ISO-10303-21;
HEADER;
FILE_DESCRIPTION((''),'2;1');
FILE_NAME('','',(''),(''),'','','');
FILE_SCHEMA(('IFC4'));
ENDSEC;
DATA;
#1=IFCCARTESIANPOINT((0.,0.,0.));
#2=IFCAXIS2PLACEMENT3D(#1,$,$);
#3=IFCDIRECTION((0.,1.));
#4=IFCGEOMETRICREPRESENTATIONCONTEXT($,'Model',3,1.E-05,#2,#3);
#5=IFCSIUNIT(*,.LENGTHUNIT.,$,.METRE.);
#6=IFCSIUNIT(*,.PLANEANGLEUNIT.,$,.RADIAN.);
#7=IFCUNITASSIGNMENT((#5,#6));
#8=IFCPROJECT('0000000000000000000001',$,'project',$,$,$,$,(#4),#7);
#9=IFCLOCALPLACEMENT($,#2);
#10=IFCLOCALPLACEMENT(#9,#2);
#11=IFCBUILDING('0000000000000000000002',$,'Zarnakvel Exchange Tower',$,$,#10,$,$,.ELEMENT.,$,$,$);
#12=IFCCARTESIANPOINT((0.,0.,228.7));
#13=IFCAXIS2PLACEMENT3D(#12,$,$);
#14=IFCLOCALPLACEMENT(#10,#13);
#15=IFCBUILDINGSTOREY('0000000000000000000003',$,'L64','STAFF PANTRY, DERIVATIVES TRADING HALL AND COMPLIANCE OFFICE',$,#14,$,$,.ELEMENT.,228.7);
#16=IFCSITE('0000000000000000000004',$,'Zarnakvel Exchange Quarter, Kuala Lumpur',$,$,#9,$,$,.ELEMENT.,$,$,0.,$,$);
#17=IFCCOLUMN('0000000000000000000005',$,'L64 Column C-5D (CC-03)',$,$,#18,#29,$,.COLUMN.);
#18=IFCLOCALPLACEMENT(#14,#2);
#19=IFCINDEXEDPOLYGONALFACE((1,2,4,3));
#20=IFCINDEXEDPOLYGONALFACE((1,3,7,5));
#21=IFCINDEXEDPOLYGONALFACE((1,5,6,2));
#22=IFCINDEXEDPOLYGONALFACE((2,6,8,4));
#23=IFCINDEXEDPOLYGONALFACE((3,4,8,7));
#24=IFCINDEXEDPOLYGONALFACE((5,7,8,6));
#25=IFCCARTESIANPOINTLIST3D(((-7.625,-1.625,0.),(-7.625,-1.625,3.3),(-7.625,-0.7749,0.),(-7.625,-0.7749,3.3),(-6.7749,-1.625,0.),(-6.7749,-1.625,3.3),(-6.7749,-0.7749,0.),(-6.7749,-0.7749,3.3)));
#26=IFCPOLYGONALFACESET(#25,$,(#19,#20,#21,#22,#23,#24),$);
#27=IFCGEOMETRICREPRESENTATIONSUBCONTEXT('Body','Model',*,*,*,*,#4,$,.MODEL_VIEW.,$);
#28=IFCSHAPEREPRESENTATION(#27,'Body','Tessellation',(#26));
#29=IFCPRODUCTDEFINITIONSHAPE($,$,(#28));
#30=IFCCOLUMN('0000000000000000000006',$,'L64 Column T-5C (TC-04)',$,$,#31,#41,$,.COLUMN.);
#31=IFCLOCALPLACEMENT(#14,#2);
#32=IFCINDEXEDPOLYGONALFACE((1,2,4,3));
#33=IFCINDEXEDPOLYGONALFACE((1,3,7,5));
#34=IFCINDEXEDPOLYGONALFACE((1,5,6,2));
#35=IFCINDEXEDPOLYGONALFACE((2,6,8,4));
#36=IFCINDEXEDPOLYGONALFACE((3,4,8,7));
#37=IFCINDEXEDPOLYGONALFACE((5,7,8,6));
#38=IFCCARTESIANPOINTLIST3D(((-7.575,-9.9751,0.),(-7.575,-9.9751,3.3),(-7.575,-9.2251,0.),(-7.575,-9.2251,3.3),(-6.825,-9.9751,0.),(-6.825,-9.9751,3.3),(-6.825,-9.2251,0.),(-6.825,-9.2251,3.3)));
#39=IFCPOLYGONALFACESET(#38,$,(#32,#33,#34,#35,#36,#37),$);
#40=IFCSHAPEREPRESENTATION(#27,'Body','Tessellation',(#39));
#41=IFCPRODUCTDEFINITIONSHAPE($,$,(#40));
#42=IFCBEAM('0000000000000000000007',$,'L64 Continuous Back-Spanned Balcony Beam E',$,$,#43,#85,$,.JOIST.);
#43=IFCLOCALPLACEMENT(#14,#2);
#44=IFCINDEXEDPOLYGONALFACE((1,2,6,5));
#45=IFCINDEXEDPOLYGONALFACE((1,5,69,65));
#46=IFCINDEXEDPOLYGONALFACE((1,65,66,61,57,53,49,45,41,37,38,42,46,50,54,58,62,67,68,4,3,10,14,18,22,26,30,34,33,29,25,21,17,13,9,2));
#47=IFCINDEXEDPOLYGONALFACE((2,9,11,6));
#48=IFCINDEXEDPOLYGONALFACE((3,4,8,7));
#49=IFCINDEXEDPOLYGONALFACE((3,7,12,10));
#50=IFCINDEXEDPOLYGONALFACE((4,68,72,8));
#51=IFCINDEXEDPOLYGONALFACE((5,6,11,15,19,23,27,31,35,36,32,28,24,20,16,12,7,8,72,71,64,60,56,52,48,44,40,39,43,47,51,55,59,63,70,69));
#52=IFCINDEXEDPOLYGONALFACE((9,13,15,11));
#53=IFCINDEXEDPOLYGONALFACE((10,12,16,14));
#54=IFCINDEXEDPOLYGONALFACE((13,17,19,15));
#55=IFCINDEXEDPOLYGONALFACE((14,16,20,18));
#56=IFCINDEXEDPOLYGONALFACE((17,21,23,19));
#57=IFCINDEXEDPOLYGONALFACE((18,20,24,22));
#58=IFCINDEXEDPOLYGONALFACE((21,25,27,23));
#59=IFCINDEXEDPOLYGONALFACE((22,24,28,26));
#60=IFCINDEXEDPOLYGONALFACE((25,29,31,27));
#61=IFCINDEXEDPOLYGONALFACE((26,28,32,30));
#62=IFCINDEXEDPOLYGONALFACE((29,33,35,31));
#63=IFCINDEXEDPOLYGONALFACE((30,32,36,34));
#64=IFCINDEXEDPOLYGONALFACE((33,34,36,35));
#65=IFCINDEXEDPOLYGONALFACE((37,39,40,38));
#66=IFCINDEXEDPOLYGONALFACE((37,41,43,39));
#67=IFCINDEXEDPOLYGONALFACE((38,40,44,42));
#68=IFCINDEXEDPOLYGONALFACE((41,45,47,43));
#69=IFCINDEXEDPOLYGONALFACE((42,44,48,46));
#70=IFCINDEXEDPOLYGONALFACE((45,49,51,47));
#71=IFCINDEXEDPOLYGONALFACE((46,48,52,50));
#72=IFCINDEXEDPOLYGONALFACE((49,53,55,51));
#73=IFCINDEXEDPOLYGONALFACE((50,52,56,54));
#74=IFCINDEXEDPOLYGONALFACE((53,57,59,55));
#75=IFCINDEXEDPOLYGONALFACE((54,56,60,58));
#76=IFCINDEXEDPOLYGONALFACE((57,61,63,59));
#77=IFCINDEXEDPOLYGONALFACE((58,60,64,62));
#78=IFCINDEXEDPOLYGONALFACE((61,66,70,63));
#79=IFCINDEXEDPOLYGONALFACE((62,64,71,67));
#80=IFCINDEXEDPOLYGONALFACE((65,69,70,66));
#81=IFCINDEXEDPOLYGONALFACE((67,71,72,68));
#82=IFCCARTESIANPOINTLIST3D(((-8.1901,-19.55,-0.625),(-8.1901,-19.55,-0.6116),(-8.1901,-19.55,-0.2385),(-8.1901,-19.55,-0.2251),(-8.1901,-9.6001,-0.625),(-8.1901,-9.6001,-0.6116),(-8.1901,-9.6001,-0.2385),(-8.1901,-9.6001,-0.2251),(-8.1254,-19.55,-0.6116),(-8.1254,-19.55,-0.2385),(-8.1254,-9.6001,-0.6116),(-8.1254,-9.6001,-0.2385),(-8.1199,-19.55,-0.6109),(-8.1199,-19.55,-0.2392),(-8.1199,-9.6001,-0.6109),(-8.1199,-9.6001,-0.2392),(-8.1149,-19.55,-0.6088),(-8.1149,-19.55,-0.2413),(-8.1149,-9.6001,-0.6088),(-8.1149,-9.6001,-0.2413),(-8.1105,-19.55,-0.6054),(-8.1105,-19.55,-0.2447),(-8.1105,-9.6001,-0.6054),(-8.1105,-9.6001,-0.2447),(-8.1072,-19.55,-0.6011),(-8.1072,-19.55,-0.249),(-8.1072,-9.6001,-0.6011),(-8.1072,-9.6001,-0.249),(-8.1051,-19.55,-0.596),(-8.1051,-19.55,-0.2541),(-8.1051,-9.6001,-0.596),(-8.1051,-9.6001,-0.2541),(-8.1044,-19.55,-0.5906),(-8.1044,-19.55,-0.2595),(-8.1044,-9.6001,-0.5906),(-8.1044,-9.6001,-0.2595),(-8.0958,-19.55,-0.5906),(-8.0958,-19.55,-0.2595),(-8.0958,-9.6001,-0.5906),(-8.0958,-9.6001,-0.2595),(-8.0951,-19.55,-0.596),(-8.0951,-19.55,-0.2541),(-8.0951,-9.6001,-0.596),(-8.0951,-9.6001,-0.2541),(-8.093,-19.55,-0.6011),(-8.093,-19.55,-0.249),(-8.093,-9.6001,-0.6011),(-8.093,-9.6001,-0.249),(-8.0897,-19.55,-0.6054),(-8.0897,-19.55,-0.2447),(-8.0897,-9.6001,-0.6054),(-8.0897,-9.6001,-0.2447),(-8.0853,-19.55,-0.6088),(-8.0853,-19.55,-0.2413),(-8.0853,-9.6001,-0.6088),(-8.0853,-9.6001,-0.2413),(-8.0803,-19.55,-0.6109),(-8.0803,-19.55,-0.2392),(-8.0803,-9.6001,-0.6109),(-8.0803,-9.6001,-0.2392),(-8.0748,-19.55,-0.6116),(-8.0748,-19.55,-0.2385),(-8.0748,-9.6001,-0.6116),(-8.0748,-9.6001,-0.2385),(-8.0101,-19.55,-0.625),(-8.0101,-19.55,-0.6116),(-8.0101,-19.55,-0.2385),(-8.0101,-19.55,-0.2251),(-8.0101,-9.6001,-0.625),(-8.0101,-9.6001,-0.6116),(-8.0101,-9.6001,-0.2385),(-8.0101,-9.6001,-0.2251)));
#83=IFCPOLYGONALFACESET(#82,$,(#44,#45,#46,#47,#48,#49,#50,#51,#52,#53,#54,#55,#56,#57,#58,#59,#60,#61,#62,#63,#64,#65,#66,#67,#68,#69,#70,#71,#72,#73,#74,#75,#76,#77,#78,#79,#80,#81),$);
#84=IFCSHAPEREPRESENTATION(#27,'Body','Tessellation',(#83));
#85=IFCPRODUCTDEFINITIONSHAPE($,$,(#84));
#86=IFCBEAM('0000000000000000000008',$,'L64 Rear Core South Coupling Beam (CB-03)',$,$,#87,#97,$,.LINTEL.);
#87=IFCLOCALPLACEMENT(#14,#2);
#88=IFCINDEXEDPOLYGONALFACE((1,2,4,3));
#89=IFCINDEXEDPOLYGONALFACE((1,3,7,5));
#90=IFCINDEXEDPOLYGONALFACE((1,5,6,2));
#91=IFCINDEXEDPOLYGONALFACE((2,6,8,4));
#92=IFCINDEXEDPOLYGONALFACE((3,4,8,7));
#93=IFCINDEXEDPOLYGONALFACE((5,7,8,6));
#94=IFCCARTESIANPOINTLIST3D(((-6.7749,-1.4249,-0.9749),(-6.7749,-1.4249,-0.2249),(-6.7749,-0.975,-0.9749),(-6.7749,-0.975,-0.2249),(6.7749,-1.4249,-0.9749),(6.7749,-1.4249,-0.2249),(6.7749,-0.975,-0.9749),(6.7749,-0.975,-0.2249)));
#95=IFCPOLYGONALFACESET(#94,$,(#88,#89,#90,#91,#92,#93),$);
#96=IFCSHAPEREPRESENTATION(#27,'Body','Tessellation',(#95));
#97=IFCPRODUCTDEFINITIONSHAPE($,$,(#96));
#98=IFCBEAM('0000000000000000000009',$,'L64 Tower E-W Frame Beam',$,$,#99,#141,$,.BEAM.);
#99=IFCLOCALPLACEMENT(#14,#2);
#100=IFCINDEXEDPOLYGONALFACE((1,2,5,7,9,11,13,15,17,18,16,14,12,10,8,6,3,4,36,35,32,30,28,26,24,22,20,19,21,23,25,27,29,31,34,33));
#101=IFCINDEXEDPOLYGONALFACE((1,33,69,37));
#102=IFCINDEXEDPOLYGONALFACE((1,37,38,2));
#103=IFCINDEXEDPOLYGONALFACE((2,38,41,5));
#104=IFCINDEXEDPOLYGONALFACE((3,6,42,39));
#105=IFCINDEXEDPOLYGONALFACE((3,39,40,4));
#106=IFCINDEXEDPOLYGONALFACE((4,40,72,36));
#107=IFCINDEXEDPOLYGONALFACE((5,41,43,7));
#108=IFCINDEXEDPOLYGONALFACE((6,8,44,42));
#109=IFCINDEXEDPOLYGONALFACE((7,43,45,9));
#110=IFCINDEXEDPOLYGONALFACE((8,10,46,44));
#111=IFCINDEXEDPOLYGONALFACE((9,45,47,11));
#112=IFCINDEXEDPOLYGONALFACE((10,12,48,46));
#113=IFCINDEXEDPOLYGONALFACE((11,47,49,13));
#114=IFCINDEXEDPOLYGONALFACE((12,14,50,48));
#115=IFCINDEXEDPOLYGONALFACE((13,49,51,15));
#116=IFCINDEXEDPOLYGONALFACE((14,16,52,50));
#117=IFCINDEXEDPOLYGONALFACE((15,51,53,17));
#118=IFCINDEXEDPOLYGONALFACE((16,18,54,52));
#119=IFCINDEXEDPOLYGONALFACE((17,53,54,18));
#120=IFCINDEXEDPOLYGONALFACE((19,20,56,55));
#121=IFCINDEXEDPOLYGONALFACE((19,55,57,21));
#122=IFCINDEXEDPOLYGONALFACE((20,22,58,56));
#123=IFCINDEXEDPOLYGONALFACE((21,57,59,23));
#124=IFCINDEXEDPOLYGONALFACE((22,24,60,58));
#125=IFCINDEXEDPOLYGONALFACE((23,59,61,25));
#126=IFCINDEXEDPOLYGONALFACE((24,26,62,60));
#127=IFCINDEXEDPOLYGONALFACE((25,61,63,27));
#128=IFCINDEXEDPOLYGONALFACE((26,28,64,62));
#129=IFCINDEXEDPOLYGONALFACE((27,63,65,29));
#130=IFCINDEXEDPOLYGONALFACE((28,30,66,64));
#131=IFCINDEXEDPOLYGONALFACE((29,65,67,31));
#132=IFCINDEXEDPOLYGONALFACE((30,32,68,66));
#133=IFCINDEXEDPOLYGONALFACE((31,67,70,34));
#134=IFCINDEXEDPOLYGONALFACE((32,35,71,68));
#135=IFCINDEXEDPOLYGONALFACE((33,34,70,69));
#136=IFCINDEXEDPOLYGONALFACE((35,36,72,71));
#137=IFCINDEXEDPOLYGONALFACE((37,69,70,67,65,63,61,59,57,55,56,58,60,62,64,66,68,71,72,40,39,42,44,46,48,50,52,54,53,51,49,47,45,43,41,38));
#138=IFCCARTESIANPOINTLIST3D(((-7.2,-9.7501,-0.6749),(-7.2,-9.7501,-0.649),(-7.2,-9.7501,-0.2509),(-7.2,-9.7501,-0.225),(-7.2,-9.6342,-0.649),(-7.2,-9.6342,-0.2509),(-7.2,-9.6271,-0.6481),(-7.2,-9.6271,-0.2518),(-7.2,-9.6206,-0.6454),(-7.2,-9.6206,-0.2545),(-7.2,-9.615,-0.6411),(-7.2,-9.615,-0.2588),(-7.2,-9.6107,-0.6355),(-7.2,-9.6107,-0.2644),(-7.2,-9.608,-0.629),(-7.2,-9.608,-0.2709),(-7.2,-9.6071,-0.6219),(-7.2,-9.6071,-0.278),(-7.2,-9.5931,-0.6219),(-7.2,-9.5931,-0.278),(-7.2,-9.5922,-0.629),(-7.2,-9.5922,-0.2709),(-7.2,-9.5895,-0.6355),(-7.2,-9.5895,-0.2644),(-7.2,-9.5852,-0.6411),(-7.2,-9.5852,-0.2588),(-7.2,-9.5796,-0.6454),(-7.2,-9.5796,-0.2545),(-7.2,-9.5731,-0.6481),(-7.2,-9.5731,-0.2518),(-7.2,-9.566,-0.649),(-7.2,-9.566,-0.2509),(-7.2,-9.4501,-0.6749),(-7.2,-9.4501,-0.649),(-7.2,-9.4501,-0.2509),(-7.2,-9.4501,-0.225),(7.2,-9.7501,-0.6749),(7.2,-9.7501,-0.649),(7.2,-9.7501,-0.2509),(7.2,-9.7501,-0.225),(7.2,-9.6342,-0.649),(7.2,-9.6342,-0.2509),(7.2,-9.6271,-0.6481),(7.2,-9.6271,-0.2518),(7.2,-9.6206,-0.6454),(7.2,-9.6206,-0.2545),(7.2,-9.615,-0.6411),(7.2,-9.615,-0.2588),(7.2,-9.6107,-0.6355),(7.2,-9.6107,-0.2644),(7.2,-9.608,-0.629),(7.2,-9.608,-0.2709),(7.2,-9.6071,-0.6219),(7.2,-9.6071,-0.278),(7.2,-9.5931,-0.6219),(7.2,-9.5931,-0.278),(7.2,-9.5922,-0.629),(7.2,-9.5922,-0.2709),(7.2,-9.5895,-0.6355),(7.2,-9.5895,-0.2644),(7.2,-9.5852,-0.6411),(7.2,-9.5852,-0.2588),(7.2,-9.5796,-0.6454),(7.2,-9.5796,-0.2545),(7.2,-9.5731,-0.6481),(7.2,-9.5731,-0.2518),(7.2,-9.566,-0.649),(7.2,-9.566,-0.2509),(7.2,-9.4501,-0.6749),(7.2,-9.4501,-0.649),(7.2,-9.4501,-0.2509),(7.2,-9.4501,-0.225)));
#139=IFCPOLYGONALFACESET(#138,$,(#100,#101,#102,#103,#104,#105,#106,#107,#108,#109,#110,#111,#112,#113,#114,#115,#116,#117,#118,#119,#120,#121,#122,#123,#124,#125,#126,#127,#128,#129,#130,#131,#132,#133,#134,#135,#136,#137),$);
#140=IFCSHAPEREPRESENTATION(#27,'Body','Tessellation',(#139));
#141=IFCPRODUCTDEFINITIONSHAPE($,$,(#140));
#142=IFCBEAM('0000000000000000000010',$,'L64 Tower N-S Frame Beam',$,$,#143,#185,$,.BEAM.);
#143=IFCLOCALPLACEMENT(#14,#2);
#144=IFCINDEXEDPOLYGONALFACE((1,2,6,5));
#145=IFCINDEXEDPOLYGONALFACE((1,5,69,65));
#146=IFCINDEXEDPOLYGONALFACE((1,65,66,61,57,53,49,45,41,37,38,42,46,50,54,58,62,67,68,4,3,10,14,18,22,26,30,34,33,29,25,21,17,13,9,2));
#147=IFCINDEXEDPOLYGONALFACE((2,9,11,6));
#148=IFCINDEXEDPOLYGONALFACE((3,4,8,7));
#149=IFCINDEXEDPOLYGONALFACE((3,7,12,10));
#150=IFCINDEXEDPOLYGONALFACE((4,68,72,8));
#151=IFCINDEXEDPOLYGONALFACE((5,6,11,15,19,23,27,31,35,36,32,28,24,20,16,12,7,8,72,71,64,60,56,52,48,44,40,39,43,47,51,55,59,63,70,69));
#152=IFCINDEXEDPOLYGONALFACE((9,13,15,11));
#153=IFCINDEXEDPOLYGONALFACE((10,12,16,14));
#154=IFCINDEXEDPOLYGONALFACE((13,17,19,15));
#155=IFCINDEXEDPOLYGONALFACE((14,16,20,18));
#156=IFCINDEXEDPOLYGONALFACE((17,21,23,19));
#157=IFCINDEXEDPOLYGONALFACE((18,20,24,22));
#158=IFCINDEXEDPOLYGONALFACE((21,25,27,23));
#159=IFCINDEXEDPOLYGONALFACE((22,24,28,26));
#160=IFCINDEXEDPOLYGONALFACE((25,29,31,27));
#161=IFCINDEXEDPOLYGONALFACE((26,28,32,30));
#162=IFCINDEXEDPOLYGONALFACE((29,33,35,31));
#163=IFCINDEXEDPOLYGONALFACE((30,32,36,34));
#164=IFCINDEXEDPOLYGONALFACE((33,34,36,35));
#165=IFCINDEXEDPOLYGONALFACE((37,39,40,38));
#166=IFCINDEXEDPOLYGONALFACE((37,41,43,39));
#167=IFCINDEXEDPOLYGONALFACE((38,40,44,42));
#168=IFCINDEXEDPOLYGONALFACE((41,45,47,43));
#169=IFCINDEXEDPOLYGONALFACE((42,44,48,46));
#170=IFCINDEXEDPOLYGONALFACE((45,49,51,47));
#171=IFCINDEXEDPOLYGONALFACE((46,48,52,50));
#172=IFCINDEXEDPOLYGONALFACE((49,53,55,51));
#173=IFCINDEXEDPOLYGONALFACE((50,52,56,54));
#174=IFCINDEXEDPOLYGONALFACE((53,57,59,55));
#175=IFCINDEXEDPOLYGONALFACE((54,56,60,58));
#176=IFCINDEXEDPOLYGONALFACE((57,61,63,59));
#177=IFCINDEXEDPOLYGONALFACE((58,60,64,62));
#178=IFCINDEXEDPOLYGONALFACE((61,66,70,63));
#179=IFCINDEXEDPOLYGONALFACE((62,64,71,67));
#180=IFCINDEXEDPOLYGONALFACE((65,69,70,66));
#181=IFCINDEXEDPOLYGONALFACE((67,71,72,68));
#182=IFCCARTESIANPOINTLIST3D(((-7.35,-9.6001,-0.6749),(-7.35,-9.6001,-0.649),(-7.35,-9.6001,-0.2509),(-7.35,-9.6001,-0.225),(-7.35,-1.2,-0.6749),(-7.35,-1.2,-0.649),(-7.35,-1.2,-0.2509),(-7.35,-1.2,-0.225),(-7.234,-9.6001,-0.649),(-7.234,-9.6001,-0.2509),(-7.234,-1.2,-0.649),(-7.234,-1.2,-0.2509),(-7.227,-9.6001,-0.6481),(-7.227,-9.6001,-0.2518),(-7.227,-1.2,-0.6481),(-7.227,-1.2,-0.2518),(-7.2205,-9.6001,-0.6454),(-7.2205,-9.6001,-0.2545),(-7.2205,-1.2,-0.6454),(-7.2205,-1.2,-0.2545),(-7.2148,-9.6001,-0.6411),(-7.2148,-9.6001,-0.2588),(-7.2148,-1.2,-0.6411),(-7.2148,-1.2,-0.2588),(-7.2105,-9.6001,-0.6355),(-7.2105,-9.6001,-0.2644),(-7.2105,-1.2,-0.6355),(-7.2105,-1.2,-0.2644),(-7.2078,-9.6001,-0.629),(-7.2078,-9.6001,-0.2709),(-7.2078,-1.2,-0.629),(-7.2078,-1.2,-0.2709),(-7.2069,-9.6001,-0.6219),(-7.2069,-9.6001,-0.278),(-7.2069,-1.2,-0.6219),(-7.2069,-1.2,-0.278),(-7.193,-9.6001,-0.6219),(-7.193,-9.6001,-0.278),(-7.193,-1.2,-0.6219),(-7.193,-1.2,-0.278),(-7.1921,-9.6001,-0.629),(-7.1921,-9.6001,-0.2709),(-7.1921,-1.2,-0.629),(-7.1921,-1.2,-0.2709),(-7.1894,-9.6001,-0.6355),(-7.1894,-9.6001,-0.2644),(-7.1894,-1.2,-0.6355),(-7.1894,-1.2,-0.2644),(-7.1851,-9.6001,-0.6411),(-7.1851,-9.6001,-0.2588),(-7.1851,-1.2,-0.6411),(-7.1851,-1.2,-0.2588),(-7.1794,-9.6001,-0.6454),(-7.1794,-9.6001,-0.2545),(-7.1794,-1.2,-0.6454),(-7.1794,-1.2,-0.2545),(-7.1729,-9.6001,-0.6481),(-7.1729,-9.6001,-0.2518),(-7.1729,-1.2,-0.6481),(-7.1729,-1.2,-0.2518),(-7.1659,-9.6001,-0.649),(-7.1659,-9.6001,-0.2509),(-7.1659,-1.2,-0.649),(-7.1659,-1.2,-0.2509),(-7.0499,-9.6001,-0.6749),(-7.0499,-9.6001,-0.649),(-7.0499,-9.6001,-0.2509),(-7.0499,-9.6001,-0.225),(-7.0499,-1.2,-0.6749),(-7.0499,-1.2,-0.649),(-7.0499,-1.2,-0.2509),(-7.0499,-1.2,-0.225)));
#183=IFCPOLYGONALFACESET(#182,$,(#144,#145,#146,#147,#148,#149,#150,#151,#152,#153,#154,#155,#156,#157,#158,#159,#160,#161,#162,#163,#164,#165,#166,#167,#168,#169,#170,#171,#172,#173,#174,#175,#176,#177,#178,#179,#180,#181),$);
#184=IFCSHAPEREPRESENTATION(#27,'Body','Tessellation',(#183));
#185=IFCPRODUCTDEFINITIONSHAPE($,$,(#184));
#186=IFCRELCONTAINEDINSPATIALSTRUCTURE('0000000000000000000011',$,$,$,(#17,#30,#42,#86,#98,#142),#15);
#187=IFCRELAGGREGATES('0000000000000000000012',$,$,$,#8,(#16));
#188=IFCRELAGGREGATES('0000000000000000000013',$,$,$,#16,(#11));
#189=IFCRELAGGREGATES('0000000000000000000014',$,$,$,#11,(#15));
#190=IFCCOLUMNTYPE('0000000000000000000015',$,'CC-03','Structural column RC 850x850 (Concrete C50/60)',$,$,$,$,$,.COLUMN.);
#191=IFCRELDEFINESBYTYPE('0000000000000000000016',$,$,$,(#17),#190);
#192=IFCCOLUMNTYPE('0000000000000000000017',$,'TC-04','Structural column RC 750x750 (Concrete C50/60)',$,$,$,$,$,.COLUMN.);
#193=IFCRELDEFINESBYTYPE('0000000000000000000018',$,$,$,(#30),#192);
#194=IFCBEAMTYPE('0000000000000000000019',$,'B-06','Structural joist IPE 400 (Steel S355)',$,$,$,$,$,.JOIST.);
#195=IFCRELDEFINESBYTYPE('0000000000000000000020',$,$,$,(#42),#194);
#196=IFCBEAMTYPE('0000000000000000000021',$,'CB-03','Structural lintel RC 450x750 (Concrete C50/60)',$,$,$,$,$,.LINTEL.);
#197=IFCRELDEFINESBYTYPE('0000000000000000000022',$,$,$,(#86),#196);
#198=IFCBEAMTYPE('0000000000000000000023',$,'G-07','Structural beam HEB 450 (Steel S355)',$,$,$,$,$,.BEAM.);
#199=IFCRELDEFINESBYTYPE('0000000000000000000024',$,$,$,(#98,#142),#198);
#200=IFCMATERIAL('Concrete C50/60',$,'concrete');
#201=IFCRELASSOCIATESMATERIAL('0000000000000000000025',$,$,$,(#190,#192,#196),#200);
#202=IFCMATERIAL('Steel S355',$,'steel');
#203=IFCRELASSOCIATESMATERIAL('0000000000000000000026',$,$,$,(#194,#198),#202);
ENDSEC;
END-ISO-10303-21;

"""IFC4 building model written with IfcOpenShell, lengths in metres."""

from ifc_helpers import new_model, si_unit, direction, frame, origin, origin_2d, place, context, subcontext, project, spatial, rectangle, i_section, extrude, material, material_profile, profile_set, type_object, element, save


model = new_model("IFC4")

# Units and contexts
model_context = context("Model", 3, precision=1e-05, world=origin(), true_north=direction((0.0, 1.0)))
body_context = subcontext(model_context, "Body", "Model", "MODEL_VIEW")
ifc_project = project(units=[si_unit("LENGTHUNIT", "METRE"), si_unit("PLANEANGLEUNIT", "RADIAN")], contexts=[model_context])

# Site, building, storey
site_placement = place(None, origin())
site = spatial("IfcSite", under=ifc_project, at=site_placement, Name="Zarnakvel Exchange Quarter, Kuala Lumpur", CompositionType="ELEMENT", RefElevation=0.0)
building_placement = place(site_placement, origin())
building = spatial("IfcBuilding", under=site, at=building_placement, Name="Zarnakvel Exchange Tower", CompositionType="ELEMENT")
storey_placement = place(building_placement, frame((0.0, 0.0, 228.7)))
storey = spatial("IfcBuildingStorey", under=building, at=storey_placement, Name="L64", Description="STAFF PANTRY, DERIVATIVES TRADING HALL AND COMPLIANCE OFFICE", CompositionType="ELEMENT", Elevation=228.7)

# Columns
ifc_material_1 = material(Name="Concrete C50/60", Category="concrete")
ifc_material_profile_1 = material_profile(ifc_material_1, rectangle(XDim=0.8501, YDim=0.8501, at=origin_2d()))
ifc_profile_set_1 = profile_set([ifc_material_profile_1], Name="Concrete C50/60")
column_type_1 = type_object("IfcColumnType", Name="CC-03", Description="Structural column RC 850x850 (Concrete C50/60)", PredefinedType="COLUMN", material=ifc_profile_set_1)
column_1_placement = place(storey_placement, frame((-7.2, -1.2, 0.0), z_axis=(0.0, 0.0, 1.0), x_axis=(1.0, 0.0, 0.0)))
element("IfcColumn", 1, at=column_1_placement, inside=storey, type_object=column_type_1, Name="L64 Column C-5D (CC-03)", PredefinedType="COLUMN", context=body_context, shape_type="SweptSolid", body=[
    extrude(rectangle(XDim=0.8501, YDim=0.8501, at=origin_2d()), origin(), (0.0, 0.0, 1.0), 3.3),
])
ifc_material_profile_2 = material_profile(ifc_material_1, rectangle(XDim=0.75, YDim=0.75, at=origin_2d()))
ifc_profile_set_2 = profile_set([ifc_material_profile_2], Name="Concrete C50/60")
column_type_2 = type_object("IfcColumnType", Name="TC-04", Description="Structural column RC 750x750 (Concrete C50/60)", PredefinedType="COLUMN", material=ifc_profile_set_2)
column_2_placement = place(storey_placement, frame((-7.2, -9.6001, 0.0), z_axis=(0.0, 0.0, 1.0), x_axis=(1.0, 0.0, 0.0)))
element("IfcColumn", 2, at=column_2_placement, inside=storey, type_object=column_type_2, Name="L64 Column T-5C (TC-04)", PredefinedType="COLUMN", context=body_context, shape_type="SweptSolid", body=[
    extrude(rectangle(XDim=0.75, YDim=0.75, at=origin_2d()), origin(), (0.0, 0.0, 1.0), 3.3),
])

# Beams
ifc_material_2 = material(Name="Steel S355", Category="steel")
ifc_material_profile_3 = material_profile(ifc_material_2, i_section(OverallWidth=0.1799, OverallDepth=0.3999, WebThickness=0.0085, FlangeThickness=0.0134, FilletRadius=0.021, at=origin_2d()))
ifc_profile_set_3 = profile_set([ifc_material_profile_3], Name="Steel S355")
beam_type_1 = type_object("IfcBeamType", Name="B-06", Description="Structural joist IPE 400 (Steel S355)", PredefinedType="JOIST", material=ifc_profile_set_3)
beam_1_placement = place(storey_placement, frame((-8.1001, -9.6001, -0.425), z_axis=(0.0, -1.0, 0.0), x_axis=(1.0, 0.0, 0.0)))
element("IfcBeam", 3, at=beam_1_placement, inside=storey, type_object=beam_type_1, Name="L64 Continuous Back-Spanned Balcony Beam E", PredefinedType="JOIST", context=body_context, shape_type="SweptSolid", body=[
    extrude(i_section(OverallWidth=0.1799, OverallDepth=0.3999, WebThickness=0.0085, FlangeThickness=0.0134, FilletRadius=0.021, at=origin_2d()), origin(), (0.0, 0.0, 1.0), 9.95),
])
ifc_material_profile_4 = material_profile(ifc_material_1, rectangle(XDim=0.45, YDim=0.75, at=origin_2d()))
ifc_profile_set_4 = profile_set([ifc_material_profile_4], Name="Concrete C50/60")
beam_type_2 = type_object("IfcBeamType", Name="CB-03", Description="Structural lintel RC 450x750 (Concrete C50/60)", PredefinedType="LINTEL", material=ifc_profile_set_4)
beam_2_placement = place(storey_placement, frame((-6.7749, -1.2, -0.5999), z_axis=(1.0, 0.0, 0.0), x_axis=(0.0, 1.0, 0.0)))
element("IfcBeam", 4, at=beam_2_placement, inside=storey, type_object=beam_type_2, Name="L64 Rear Core South Coupling Beam (CB-03)", PredefinedType="LINTEL", context=body_context, shape_type="SweptSolid", body=[
    extrude(rectangle(XDim=0.45, YDim=0.75, at=origin_2d()), origin(), (0.0, 0.0, 1.0), 13.5498),
])
ifc_material_profile_5 = material_profile(ifc_material_2, i_section(OverallWidth=0.3, OverallDepth=0.45, WebThickness=0.0139, FlangeThickness=0.0259, FilletRadius=0.0271, at=origin_2d()))
ifc_profile_set_5 = profile_set([ifc_material_profile_5], Name="Steel S355")
beam_type_3 = type_object("IfcBeamType", Name="G-07", Description="Structural beam HEB 450 (Steel S355)", PredefinedType="BEAM", material=ifc_profile_set_5)
beam_3_placement = place(storey_placement, frame((-7.2, -9.6001, -0.45), z_axis=(1.0, 0.0, 0.0), x_axis=(0.0, 1.0, 0.0)))
element("IfcBeam", 5, at=beam_3_placement, inside=storey, type_object=beam_type_3, Name="L64 Tower E-W Frame Beam", PredefinedType="BEAM", context=body_context, shape_type="SweptSolid", body=[
    extrude(i_section(OverallWidth=0.3, OverallDepth=0.45, WebThickness=0.0139, FlangeThickness=0.0259, FilletRadius=0.0271, at=origin_2d()), origin(), (0.0, 0.0, 1.0), 14.3999),
])
beam_4_placement = place(storey_placement, frame((-7.2, -9.6001, -0.45), z_axis=(0.0, 1.0, 0.0), x_axis=(-1.0, 0.0, 0.0)))
element("IfcBeam", 6, at=beam_4_placement, inside=storey, type_object=beam_type_3, Name="L64 Tower N-S Frame Beam", PredefinedType="BEAM", context=body_context, shape_type="SweptSolid", body=[
    extrude(i_section(OverallWidth=0.3, OverallDepth=0.45, WebThickness=0.0139, FlangeThickness=0.0259, FilletRadius=0.0271, at=origin_2d()), origin(), (0.0, 0.0, 1.0), 8.4001),
])

save(model, "model.ifc")
